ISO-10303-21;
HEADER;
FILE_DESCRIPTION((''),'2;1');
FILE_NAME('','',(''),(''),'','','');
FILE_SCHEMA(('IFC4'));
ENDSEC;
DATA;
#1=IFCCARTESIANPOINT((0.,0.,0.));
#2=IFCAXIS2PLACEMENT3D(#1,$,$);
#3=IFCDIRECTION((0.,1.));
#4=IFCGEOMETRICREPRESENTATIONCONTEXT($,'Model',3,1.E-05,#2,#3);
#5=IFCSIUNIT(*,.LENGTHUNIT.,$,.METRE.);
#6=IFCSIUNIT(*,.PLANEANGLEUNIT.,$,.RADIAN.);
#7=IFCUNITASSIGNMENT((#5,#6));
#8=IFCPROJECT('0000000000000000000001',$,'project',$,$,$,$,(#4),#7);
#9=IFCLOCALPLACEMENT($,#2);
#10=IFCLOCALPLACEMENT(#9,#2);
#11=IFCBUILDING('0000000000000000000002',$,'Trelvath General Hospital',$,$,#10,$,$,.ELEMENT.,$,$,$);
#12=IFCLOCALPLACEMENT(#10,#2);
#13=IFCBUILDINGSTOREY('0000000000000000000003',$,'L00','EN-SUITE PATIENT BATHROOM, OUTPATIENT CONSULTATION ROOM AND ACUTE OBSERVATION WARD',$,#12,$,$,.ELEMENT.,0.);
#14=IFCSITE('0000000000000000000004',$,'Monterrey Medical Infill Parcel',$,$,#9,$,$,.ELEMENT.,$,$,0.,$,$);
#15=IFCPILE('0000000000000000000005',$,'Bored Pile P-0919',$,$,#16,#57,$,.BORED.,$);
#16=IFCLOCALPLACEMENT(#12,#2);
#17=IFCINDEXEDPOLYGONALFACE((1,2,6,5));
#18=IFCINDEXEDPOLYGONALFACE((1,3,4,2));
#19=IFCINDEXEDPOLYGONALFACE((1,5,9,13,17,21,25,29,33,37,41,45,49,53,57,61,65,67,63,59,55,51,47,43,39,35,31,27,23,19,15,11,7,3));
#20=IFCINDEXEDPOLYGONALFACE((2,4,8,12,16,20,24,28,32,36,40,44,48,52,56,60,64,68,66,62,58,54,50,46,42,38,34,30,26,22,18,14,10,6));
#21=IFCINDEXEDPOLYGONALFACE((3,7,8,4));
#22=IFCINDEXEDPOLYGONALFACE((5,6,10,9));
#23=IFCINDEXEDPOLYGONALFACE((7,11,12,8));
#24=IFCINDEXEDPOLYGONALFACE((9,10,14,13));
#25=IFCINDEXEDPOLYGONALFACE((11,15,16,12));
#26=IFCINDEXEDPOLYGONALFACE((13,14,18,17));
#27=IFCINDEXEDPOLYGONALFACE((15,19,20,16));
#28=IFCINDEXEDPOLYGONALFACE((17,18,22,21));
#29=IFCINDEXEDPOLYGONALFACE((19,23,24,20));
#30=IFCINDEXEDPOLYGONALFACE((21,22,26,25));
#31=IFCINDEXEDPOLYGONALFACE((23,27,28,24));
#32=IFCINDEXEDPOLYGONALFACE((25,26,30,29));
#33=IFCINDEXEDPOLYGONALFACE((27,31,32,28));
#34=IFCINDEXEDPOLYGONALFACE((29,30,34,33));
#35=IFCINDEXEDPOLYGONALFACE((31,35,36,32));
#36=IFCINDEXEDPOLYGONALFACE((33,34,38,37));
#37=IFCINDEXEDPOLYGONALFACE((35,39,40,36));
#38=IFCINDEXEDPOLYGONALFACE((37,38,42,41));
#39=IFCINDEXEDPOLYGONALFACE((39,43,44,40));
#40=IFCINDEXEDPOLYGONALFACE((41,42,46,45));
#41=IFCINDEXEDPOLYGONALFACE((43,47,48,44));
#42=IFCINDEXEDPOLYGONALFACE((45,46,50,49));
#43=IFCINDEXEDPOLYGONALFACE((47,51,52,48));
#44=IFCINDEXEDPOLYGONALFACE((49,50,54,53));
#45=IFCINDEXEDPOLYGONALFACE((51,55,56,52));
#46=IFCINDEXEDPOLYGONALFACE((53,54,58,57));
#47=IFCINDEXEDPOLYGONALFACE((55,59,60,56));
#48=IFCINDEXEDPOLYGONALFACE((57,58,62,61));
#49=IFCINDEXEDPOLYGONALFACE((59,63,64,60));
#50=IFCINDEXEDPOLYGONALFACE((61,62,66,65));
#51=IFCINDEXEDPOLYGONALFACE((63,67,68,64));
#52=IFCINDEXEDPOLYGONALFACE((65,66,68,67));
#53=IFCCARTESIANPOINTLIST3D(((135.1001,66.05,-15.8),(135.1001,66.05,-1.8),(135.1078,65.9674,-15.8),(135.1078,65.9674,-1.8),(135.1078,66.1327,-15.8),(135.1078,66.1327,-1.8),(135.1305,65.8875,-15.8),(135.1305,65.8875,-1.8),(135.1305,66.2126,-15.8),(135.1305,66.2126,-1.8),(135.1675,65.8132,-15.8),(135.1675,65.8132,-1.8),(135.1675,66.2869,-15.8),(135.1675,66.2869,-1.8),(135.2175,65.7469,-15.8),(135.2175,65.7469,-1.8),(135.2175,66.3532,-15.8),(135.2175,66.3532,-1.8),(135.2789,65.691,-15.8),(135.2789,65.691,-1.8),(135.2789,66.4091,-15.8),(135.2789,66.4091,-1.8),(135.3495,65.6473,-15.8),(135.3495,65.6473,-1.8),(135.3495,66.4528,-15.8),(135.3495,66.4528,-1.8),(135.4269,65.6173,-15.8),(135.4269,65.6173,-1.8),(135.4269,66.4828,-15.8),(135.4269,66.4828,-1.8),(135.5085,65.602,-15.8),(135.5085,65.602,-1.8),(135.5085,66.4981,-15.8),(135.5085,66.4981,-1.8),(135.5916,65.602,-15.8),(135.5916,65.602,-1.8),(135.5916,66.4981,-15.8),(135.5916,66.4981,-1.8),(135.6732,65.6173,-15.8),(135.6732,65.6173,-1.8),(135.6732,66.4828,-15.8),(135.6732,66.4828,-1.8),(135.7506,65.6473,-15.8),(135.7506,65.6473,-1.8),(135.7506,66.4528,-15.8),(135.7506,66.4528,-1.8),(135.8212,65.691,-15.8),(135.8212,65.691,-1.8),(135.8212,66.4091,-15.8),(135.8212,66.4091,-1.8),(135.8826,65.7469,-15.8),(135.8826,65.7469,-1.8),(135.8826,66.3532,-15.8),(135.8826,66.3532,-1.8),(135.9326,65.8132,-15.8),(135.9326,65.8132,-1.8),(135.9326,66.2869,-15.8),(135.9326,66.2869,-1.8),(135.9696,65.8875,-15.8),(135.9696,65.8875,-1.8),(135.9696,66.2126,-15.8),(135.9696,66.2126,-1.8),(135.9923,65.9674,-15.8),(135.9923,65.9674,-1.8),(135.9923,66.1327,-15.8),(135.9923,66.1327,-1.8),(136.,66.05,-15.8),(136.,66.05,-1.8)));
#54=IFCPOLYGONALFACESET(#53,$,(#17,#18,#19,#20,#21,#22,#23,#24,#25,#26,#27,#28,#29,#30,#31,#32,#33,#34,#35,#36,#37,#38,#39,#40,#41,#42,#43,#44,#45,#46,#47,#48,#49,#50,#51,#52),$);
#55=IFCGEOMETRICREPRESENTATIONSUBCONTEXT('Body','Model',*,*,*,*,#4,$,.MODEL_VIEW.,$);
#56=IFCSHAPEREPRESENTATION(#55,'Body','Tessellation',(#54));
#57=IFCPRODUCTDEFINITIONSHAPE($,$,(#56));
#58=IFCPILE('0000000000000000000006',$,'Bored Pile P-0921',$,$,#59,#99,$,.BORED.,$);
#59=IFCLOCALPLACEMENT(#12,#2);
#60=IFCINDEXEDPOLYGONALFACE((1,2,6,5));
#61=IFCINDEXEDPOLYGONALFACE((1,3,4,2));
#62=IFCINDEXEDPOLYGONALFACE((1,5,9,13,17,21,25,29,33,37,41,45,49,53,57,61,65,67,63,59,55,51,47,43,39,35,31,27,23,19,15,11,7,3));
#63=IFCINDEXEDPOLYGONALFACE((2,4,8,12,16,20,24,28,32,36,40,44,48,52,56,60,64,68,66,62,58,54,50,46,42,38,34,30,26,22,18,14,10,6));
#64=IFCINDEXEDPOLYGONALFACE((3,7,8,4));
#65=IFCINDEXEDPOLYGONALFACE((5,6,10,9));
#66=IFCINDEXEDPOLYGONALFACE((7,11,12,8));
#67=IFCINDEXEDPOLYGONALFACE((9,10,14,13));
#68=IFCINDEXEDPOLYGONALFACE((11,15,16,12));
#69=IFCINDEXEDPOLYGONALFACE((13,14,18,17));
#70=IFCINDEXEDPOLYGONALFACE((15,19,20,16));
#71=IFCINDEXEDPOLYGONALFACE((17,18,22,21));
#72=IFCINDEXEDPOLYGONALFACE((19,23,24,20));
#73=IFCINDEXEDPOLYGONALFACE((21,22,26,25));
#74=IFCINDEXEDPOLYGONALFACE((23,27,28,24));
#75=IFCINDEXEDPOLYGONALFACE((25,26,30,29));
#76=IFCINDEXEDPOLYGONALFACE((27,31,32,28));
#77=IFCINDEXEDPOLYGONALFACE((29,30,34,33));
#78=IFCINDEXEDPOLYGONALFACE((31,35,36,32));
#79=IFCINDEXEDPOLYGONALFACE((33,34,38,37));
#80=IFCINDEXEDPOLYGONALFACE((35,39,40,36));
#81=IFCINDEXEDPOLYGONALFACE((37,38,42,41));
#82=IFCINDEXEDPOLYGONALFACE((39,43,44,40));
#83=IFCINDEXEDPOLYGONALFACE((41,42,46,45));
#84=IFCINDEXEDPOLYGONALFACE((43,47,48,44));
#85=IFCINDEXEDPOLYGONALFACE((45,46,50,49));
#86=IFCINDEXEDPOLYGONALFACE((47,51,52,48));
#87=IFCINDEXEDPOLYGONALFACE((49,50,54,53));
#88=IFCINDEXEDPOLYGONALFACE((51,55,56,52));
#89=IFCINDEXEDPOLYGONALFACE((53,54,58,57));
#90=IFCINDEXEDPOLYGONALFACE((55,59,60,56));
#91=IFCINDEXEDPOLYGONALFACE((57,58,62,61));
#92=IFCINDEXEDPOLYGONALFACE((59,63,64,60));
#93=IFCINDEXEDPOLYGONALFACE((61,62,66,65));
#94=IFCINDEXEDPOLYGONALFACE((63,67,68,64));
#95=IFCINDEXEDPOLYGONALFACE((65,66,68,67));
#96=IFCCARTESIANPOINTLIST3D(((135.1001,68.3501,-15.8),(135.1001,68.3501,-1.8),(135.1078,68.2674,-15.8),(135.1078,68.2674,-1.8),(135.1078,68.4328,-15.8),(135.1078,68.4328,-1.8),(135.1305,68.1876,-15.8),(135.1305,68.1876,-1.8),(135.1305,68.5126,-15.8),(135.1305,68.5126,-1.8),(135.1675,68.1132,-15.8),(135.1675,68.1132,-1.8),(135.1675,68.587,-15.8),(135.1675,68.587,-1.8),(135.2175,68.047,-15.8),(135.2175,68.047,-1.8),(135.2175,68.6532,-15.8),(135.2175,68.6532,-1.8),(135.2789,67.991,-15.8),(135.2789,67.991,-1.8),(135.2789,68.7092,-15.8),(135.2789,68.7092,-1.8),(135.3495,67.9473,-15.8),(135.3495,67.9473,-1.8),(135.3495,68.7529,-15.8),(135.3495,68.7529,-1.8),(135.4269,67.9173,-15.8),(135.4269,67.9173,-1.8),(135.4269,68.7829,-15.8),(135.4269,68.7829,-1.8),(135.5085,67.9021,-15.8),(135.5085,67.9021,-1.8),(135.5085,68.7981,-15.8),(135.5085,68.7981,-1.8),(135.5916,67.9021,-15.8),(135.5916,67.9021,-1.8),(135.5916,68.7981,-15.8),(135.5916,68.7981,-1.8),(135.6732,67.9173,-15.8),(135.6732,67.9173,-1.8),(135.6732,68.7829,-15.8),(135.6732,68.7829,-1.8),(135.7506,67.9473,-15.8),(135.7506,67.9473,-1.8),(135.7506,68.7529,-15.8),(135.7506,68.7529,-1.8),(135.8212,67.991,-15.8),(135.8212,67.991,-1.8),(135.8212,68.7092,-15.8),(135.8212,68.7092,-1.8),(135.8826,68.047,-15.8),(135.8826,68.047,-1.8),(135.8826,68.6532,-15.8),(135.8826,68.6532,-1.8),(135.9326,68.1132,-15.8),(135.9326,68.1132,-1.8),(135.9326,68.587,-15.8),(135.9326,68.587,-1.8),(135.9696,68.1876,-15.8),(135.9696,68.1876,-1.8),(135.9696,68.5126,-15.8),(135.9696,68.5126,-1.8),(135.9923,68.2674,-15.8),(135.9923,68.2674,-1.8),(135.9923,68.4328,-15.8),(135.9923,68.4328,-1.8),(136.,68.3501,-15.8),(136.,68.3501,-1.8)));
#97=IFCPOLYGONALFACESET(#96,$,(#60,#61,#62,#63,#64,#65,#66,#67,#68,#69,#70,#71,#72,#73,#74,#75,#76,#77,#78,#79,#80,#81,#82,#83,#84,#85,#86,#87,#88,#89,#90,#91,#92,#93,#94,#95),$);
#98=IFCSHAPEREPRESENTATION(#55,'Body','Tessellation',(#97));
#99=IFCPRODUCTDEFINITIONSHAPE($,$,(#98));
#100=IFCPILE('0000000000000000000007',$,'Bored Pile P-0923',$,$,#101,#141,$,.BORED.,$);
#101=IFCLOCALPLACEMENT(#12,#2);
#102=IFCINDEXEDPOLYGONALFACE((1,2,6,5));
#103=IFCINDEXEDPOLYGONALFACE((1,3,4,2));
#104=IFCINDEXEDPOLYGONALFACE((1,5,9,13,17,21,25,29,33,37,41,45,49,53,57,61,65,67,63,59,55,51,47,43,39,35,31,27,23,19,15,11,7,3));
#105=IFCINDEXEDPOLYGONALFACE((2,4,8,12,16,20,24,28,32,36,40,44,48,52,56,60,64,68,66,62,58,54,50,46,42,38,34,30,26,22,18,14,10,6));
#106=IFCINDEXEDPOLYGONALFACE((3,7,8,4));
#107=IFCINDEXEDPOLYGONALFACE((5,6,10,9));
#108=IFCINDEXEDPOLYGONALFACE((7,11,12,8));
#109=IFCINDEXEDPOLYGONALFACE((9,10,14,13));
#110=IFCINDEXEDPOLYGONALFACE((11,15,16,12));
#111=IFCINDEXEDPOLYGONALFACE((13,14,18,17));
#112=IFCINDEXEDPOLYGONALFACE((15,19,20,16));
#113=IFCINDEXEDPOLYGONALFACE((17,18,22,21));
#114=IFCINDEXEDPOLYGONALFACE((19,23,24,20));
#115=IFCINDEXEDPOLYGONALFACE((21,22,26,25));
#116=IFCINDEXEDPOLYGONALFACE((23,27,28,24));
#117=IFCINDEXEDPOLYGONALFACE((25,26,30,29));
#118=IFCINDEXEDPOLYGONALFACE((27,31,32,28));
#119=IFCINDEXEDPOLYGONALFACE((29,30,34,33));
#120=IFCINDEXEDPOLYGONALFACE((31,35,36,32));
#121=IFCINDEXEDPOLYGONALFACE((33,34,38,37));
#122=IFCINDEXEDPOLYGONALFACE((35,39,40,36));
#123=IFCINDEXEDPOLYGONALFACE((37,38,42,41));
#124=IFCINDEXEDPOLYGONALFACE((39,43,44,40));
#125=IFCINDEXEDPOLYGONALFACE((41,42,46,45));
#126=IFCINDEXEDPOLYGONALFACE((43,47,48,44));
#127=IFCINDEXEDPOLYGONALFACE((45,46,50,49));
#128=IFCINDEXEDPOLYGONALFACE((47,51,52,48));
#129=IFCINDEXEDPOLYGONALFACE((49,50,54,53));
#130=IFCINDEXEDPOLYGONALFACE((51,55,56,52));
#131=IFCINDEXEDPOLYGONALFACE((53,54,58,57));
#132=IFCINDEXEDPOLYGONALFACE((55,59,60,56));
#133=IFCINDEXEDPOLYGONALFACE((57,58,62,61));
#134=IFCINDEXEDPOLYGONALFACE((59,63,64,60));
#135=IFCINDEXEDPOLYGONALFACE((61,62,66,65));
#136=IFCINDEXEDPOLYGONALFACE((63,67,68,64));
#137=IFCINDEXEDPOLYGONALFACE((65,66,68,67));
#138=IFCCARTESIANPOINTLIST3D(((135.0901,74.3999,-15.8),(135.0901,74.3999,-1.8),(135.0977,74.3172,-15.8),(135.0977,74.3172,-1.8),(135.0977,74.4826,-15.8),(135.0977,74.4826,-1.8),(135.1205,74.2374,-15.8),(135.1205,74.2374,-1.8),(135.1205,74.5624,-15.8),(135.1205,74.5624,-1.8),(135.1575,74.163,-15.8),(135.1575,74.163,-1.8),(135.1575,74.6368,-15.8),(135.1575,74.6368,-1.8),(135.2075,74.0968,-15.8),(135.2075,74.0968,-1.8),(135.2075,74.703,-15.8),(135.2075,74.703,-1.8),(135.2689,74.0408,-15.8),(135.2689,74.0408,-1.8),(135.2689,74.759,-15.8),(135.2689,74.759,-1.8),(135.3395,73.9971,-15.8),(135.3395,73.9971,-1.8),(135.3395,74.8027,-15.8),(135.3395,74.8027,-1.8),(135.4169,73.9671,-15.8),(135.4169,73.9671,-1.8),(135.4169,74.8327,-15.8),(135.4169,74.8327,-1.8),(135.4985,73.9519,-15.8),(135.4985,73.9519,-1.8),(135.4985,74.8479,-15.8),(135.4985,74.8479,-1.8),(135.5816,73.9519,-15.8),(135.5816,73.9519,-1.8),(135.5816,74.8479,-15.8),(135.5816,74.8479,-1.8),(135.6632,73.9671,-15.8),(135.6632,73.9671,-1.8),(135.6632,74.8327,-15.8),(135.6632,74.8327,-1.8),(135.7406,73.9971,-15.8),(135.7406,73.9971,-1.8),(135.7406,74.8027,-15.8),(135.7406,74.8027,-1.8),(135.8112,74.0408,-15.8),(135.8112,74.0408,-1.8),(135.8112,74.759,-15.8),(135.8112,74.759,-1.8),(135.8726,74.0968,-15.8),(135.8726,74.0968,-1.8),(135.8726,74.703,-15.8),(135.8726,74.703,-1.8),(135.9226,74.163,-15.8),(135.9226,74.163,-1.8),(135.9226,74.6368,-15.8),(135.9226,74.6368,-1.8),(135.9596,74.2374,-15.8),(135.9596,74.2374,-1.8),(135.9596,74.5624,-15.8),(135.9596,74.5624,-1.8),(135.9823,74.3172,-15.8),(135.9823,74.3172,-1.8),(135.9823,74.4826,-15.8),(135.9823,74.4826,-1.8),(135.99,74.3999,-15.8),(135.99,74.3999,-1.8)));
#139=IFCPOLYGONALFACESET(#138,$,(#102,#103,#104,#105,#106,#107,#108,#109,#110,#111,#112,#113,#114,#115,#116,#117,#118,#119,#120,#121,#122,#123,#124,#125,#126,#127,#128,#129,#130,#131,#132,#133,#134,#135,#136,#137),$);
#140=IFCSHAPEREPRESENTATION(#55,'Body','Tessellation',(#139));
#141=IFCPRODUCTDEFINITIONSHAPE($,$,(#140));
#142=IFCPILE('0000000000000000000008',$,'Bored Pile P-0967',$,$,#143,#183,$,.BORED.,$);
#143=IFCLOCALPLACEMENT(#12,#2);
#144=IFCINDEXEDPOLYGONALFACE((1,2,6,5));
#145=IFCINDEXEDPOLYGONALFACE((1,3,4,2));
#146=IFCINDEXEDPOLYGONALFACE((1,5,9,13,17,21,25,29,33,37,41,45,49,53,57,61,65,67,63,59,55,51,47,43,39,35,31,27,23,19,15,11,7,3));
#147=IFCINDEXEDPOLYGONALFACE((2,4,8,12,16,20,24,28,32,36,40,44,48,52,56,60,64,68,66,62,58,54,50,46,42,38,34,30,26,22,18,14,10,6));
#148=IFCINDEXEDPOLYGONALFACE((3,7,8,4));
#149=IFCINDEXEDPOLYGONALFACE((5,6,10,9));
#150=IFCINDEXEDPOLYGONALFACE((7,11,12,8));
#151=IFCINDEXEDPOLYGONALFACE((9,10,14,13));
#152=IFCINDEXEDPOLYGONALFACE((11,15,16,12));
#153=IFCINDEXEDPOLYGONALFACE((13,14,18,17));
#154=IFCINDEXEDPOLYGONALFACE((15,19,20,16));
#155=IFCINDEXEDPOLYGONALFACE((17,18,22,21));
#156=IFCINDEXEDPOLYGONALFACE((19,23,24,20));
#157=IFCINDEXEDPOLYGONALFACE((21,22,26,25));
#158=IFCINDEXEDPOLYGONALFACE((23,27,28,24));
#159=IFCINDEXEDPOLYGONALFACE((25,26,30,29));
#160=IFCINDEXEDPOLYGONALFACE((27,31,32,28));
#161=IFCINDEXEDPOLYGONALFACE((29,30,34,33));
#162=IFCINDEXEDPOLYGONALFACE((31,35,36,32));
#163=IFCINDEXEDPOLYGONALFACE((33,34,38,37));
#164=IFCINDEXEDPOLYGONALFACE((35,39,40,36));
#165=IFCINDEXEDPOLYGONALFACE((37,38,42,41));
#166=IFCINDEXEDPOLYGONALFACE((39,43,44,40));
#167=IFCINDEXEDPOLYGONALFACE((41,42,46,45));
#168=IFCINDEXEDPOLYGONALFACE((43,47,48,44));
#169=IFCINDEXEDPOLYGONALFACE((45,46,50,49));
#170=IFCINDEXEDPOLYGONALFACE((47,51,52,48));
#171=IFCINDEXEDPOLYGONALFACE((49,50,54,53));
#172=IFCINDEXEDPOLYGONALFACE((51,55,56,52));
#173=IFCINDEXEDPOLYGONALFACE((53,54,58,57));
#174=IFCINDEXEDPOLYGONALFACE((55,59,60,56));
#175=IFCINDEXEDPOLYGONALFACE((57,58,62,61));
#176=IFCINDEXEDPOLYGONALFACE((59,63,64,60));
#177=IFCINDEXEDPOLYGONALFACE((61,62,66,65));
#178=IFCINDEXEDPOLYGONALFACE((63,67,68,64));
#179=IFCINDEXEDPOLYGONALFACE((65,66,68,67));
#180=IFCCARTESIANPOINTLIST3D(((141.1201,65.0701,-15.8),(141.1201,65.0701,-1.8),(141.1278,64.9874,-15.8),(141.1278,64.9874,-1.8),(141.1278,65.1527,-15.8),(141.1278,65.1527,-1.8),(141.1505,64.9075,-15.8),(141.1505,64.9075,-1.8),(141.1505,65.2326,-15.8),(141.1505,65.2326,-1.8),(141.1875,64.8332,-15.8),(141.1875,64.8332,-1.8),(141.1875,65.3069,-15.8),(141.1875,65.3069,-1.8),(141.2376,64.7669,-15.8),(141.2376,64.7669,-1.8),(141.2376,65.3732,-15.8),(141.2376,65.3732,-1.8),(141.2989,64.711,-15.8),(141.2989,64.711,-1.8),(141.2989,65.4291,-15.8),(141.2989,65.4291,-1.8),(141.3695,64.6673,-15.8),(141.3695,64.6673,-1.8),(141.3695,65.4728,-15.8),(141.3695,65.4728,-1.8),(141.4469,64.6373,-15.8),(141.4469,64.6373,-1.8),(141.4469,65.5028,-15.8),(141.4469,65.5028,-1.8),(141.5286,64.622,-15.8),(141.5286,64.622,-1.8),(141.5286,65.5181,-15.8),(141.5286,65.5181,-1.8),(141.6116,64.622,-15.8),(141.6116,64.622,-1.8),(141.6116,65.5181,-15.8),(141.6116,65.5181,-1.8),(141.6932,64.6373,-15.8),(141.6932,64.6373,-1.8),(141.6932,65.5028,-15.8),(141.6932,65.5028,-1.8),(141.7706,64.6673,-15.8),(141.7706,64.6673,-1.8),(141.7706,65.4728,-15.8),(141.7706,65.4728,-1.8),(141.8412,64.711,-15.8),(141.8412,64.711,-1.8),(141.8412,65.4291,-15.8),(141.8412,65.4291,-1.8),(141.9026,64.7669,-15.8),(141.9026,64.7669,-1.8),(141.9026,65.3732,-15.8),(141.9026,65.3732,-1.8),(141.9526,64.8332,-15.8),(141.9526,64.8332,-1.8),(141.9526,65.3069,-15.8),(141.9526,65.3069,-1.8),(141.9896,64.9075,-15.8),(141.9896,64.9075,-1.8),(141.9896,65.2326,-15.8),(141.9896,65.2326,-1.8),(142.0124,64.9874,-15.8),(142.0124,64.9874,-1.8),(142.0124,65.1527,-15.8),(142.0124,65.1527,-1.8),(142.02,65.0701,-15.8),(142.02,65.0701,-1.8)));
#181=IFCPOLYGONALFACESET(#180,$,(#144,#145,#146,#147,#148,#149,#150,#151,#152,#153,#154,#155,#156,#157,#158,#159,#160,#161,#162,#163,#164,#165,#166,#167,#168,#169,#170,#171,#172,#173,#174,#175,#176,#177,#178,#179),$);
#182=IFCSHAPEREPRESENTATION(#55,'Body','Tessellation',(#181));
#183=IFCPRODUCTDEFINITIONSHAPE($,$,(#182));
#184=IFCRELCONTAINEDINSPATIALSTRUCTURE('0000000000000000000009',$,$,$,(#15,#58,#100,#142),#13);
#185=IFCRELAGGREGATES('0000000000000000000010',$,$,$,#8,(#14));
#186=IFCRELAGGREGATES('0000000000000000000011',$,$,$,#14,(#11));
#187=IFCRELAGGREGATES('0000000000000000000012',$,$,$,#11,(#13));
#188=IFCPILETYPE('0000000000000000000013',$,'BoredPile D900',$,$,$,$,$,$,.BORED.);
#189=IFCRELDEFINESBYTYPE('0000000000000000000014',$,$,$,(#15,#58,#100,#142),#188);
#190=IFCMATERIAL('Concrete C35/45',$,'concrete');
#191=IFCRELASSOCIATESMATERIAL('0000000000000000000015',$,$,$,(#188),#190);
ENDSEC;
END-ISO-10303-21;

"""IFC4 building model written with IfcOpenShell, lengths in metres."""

from ifc_helpers import new_model, si_unit, direction, frame, origin, origin_2d, place, context, subcontext, project, spatial, circle, extrude, material, material_profile, profile_set, type_object, element, save


model = new_model("IFC4")

# Units and contexts
model_context = context("Model", 3, precision=1e-05, world=origin(), true_north=direction((0.0, 1.0)))
body_context = subcontext(model_context, "Body", "Model", "MODEL_VIEW")
ifc_project = project(units=[si_unit("LENGTHUNIT", "METRE"), si_unit("PLANEANGLEUNIT", "RADIAN")], contexts=[model_context])

# Site, building, storey
site_placement = place(None, origin())
site = spatial("IfcSite", under=ifc_project, at=site_placement, Name="Monterrey Medical Infill Parcel", CompositionType="ELEMENT", RefElevation=0.0)
building_placement = place(site_placement, origin())
building = spatial("IfcBuilding", under=site, at=building_placement, Name="Trelvath General Hospital", CompositionType="ELEMENT")
storey_placement = place(building_placement, origin())
storey = spatial("IfcBuildingStorey", under=building, at=storey_placement, Name="L00", Description="EN-SUITE PATIENT BATHROOM, OUTPATIENT CONSULTATION ROOM AND ACUTE OBSERVATION WARD", CompositionType="ELEMENT", Elevation=0.0)

# Piles
ifc_material_1 = material(Name="Concrete C35/45", Category="concrete")
ifc_material_profile_1 = material_profile(ifc_material_1, circle(Radius=0.45, at=origin_2d()), Name="PILE900")
ifc_profile_set_1 = profile_set([ifc_material_profile_1], Name="Concrete C35/45")
pile_type = type_object("IfcPileType", Name="BoredPile D900", PredefinedType="BORED", material=ifc_profile_set_1)
for number, where, z_axis, x_axis, name in (
    (1, (135.55, 66.05, -1.8), (0.0, 0.0, -1.0), (1.0, 0.0, 0.0), "Bored Pile P-0919"),
    (2, (135.55, 68.3501, -1.8), (0.0, 0.0, -1.0), (1.0, 0.0, 0.0), "Bored Pile P-0921"),
    (3, (135.54, 74.3999, -1.8), (0.0, 0.0, -1.0), (1.0, 0.0, 0.0), "Bored Pile P-0923"),
    (4, (141.5701, 65.0701, -1.8), (0.0, 0.0, -1.0), (1.0, 0.0, 0.0), "Bored Pile P-0967"),
):
    element("IfcPile", number, at=place(storey_placement, frame(where, z_axis=z_axis, x_axis=x_axis)), inside=storey, type_object=pile_type, Name=name, PredefinedType="BORED", context=body_context, shape_type="SweptSolid", body=[
        extrude(circle(Radius=0.45, at=origin_2d()), origin(), (0.0, 0.0, 1.0), 14.0),
    ])

save(model, "model.ifc")
